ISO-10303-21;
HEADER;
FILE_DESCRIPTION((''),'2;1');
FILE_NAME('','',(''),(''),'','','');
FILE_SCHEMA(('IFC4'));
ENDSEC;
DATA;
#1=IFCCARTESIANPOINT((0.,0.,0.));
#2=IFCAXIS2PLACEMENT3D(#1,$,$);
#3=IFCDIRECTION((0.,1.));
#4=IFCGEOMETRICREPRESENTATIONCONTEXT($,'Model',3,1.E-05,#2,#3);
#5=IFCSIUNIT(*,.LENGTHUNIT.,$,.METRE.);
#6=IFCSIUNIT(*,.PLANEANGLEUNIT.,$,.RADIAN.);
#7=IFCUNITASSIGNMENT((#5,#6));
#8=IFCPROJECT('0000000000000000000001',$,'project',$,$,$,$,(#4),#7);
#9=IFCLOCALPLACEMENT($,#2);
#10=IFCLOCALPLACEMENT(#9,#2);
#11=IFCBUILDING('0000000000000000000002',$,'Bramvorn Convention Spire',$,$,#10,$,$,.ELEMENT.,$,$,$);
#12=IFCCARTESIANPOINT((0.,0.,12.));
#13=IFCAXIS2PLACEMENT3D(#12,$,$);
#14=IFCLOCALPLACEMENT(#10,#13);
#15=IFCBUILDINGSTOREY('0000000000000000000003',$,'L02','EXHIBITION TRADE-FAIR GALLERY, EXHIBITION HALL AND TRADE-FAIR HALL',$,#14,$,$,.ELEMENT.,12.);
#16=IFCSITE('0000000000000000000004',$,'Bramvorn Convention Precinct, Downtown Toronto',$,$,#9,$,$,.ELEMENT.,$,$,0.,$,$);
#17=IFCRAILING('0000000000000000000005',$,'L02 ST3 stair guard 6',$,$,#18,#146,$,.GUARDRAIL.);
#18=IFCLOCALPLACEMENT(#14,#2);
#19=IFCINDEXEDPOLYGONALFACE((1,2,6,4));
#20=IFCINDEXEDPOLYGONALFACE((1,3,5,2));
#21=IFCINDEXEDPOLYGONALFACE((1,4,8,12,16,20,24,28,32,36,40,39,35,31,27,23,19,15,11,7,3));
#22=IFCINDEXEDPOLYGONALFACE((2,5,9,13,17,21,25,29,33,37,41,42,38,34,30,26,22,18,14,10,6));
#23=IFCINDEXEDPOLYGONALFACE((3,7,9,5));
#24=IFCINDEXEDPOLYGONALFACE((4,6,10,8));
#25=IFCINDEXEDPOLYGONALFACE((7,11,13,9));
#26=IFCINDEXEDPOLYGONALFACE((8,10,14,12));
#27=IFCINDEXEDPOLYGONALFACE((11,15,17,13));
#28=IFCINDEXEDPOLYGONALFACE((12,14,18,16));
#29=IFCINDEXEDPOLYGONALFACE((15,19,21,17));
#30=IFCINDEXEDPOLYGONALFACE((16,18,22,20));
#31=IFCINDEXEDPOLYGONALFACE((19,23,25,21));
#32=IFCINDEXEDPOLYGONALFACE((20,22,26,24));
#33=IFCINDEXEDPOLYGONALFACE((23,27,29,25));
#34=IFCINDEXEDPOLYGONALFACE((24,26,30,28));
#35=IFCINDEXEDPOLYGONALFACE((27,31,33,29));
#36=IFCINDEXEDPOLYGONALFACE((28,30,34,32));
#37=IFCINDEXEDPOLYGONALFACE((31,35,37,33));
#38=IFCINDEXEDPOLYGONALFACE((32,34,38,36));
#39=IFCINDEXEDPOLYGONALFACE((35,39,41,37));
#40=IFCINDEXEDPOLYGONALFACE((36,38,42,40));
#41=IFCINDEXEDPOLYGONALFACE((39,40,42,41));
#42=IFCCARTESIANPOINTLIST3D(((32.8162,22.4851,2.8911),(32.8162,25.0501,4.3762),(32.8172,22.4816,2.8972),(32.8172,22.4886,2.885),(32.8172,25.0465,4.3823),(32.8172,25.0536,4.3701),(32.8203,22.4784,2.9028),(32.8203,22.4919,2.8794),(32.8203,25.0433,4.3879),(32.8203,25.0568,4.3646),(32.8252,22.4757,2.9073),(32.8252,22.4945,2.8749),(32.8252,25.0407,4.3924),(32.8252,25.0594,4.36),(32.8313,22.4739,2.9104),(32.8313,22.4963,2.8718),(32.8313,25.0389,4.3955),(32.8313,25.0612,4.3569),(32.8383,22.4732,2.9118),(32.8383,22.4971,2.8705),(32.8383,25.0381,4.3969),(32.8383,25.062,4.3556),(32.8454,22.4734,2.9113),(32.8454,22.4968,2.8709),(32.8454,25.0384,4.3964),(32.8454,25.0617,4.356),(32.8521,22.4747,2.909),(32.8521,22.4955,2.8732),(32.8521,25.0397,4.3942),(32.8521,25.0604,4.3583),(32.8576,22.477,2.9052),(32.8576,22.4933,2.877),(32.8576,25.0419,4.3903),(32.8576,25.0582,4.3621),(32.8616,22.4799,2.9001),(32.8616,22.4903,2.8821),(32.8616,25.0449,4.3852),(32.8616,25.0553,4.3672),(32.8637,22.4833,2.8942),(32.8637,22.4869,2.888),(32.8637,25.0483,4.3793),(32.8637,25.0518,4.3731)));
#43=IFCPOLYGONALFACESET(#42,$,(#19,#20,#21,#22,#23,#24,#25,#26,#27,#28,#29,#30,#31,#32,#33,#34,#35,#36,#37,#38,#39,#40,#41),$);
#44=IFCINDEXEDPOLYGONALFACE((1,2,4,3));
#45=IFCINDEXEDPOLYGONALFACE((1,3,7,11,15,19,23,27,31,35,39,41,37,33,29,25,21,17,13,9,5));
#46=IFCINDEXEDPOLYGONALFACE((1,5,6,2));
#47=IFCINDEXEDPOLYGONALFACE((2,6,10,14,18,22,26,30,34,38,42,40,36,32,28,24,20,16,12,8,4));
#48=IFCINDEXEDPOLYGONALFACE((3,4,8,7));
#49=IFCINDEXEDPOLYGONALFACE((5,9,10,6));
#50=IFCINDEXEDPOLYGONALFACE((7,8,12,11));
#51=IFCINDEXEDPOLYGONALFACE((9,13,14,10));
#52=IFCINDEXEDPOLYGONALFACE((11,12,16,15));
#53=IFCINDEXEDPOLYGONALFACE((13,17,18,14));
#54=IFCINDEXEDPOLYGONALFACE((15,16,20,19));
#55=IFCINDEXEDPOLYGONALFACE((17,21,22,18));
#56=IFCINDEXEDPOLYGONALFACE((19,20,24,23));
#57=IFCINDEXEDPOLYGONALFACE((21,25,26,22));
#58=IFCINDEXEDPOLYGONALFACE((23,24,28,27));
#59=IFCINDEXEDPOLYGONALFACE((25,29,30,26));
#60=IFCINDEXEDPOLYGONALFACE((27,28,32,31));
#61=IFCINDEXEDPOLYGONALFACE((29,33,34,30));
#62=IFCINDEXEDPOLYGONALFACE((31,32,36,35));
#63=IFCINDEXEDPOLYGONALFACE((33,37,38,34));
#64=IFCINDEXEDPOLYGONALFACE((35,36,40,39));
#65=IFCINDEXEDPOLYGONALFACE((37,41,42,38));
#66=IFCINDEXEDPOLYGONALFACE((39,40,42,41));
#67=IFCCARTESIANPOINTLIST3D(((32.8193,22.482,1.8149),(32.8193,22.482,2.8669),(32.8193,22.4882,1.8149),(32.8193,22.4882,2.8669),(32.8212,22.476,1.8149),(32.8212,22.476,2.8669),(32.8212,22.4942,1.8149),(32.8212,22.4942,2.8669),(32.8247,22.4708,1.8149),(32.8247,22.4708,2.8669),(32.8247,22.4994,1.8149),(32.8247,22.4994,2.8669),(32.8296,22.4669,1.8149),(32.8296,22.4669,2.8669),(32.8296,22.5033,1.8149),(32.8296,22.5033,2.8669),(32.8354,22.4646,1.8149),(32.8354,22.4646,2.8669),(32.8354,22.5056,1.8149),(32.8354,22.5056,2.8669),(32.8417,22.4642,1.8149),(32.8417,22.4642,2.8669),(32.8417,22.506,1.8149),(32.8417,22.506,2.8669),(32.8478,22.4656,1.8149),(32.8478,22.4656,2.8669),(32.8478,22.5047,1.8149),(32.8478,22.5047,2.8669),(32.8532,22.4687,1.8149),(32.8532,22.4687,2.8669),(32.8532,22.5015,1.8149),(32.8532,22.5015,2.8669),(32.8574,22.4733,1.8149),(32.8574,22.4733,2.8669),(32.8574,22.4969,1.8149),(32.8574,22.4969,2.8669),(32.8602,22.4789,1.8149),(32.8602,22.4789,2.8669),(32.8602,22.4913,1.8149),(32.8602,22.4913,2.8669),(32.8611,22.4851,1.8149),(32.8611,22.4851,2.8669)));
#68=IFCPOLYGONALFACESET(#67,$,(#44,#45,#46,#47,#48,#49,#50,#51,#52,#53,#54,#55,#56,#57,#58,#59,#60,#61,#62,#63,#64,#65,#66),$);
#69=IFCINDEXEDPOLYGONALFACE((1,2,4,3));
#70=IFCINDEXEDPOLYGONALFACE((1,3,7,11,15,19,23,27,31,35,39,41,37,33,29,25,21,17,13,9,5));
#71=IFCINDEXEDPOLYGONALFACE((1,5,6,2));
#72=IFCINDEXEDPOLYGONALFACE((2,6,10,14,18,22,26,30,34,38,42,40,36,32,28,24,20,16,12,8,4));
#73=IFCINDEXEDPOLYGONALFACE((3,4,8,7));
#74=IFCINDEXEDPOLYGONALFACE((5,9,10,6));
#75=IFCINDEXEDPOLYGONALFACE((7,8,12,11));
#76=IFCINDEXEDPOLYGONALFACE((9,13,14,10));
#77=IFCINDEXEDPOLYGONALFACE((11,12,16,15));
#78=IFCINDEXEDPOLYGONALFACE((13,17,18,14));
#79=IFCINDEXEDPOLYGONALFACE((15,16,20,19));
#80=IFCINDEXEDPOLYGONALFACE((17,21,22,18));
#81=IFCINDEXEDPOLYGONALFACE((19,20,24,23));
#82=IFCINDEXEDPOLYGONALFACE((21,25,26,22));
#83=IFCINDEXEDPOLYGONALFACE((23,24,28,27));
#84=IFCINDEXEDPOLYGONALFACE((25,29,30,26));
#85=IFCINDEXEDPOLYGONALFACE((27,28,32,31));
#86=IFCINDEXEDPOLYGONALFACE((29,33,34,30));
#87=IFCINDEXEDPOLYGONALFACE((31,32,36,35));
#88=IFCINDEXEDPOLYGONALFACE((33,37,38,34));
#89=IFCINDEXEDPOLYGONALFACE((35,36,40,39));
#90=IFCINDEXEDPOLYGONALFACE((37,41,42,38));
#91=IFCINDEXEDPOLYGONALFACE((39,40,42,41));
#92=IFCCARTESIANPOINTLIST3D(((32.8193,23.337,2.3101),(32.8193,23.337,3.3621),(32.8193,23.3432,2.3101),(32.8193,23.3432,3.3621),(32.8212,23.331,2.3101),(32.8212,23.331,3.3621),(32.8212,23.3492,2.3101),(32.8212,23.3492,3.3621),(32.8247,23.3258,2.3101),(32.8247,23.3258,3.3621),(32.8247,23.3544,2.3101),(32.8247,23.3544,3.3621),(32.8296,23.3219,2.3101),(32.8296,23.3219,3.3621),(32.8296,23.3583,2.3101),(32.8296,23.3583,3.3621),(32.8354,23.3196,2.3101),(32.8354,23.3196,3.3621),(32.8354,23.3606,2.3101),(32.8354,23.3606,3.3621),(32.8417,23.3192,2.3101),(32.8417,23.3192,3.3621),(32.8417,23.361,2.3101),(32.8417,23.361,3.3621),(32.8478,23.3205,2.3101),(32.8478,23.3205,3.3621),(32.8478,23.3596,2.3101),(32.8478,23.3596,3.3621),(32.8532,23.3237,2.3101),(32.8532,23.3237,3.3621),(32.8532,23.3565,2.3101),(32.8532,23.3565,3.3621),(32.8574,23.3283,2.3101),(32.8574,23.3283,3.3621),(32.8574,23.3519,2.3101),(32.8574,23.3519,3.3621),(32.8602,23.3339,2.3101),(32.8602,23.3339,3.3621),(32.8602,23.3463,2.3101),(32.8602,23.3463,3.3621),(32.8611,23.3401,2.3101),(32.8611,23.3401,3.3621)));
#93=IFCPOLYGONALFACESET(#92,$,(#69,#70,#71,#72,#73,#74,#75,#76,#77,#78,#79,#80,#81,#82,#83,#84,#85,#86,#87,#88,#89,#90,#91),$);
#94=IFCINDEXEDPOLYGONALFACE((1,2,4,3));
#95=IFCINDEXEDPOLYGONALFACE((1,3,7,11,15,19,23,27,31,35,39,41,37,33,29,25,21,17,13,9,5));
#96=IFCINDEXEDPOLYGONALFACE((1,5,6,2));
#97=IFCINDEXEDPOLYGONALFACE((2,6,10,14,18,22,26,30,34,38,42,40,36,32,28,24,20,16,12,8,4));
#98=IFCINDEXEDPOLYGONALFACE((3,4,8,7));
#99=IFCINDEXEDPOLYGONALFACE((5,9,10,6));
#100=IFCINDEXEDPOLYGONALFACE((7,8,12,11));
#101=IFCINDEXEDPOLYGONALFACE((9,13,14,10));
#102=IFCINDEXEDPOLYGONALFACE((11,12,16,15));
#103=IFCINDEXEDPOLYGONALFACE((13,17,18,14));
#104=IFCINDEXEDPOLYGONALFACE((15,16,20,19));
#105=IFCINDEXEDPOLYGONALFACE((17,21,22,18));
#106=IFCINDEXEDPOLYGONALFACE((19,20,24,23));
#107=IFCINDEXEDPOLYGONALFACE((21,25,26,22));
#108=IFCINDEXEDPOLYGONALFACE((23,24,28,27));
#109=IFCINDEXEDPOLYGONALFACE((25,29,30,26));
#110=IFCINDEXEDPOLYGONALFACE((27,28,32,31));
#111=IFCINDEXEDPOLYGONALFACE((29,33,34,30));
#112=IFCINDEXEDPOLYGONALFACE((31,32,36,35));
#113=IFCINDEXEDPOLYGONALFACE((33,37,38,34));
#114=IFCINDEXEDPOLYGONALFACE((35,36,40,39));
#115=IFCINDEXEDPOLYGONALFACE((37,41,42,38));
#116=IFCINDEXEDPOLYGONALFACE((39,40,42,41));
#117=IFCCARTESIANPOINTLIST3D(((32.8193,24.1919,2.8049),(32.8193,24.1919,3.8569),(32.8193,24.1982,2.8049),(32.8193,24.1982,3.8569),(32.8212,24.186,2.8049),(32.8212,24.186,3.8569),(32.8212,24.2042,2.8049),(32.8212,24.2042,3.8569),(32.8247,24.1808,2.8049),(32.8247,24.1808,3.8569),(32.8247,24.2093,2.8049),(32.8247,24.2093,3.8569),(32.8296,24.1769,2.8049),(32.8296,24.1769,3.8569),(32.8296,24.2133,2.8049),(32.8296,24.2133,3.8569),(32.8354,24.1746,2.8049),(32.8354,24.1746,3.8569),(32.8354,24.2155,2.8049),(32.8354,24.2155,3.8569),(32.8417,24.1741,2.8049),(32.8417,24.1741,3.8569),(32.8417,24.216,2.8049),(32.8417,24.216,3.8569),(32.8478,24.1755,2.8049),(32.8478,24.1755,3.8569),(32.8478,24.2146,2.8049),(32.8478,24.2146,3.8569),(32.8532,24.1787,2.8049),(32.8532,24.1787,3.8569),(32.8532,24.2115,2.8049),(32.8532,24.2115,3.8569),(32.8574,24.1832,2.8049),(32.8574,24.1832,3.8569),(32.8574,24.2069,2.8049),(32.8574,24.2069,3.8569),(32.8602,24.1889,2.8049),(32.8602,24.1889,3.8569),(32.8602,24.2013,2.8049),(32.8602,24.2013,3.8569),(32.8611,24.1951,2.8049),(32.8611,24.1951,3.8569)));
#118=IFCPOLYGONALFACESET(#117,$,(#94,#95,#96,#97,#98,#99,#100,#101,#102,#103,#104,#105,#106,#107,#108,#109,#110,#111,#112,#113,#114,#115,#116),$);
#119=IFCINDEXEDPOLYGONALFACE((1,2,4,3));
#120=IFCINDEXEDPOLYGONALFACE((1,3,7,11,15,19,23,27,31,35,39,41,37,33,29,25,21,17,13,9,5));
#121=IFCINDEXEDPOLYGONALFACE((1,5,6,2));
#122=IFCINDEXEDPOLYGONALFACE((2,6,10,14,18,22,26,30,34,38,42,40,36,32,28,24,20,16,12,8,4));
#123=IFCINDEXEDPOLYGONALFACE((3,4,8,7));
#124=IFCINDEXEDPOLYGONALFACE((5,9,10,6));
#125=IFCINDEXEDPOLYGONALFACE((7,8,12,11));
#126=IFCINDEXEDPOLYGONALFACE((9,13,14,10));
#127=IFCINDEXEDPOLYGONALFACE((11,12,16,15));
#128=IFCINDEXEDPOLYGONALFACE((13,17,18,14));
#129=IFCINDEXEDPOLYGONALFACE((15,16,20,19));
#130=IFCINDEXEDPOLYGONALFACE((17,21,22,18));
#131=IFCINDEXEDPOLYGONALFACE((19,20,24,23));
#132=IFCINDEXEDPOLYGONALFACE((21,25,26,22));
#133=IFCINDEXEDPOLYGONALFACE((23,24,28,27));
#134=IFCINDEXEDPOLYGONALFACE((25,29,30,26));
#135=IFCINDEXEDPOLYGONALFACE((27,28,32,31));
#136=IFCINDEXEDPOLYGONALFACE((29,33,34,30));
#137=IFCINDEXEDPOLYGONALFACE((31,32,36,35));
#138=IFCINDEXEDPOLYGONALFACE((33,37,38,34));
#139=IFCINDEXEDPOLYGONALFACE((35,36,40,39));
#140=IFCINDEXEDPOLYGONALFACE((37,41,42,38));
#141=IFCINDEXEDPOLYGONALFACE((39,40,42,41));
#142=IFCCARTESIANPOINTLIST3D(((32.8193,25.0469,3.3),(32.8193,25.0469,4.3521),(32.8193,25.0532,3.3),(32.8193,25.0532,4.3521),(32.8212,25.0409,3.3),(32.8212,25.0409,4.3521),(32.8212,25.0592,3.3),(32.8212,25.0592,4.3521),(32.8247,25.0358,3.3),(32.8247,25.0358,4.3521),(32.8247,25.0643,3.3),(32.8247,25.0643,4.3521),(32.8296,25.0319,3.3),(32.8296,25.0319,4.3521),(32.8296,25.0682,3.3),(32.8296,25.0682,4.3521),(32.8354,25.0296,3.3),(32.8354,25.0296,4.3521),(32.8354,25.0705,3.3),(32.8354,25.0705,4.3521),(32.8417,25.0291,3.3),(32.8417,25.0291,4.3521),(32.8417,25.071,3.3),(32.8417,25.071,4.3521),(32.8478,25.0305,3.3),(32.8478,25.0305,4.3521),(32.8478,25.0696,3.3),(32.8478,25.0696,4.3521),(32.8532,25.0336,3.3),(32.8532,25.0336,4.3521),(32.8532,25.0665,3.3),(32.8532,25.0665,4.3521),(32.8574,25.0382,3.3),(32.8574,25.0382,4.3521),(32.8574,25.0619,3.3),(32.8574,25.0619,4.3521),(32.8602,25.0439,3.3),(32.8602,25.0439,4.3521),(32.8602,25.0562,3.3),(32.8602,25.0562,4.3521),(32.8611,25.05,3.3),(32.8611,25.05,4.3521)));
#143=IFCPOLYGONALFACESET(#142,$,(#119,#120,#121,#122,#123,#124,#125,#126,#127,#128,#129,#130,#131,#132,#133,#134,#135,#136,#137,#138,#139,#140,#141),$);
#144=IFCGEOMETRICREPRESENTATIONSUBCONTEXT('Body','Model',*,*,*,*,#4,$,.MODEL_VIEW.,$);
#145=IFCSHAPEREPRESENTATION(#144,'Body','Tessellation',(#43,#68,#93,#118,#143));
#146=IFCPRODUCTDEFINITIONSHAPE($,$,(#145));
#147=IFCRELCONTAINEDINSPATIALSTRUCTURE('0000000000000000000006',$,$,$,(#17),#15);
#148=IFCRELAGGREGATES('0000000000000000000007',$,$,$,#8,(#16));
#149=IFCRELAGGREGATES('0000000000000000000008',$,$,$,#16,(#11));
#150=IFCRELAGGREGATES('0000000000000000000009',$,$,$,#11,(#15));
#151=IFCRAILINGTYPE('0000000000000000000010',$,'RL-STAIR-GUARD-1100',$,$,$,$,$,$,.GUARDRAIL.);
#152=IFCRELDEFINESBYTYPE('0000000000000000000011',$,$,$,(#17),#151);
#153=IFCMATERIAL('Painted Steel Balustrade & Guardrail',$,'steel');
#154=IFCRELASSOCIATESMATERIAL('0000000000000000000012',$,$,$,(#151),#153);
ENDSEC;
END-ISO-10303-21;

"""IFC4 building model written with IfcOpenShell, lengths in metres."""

from ifc_helpers import new_model, si_unit, direction, frame, origin, origin_2d, place, context, subcontext, project, spatial, circle, extrude, material, type_object, element, save


model = new_model("IFC4")

# Units and contexts
model_context = context("Model", 3, precision=1e-05, world=origin(), true_north=direction((0.0, 1.0)))
body_context = subcontext(model_context, "Body", "Model", "MODEL_VIEW")
ifc_project = project(units=[si_unit("LENGTHUNIT", "METRE"), si_unit("PLANEANGLEUNIT", "RADIAN")], contexts=[model_context])

# Site, building, storey
site_placement = place(None, origin())
site = spatial("IfcSite", under=ifc_project, at=site_placement, Name="Bramvorn Convention Precinct, Downtown Toronto", CompositionType="ELEMENT", RefElevation=0.0)
building_placement = place(site_placement, origin())
building = spatial("IfcBuilding", under=site, at=building_placement, Name="Bramvorn Convention Spire", CompositionType="ELEMENT")
storey_placement = place(building_placement, frame((0.0, 0.0, 12.0)))
storey = spatial("IfcBuildingStorey", under=building, at=storey_placement, Name="L02", Description="EXHIBITION TRADE-FAIR GALLERY, EXHIBITION HALL AND TRADE-FAIR HALL", CompositionType="ELEMENT", Elevation=12.0)

# Railing
ifc_material_1 = material(Name="Painted Steel Balustrade & Guardrail", Category="steel")
railing_type_1 = type_object("IfcRailingType", Name="RL-STAIR-GUARD-1100", PredefinedType="GUARDRAIL", material=ifc_material_1)
railing_1_placement = place(storey_placement, frame((32.8401, 22.4851, 1.8149)))
element("IfcRailing", 1, at=railing_1_placement, inside=storey, type_object=railing_type_1, Name="L02 ST3 stair guard 6", PredefinedType="GUARDRAIL", context=body_context, shape_type="SweptSolid", body=[
    extrude(circle(Radius=0.0239, at=origin_2d()), frame((0.0, 0.0, 1.0762), z_axis=(0.0, 0.865406, 0.501072), x_axis=(-1.0, 0.0, 0.0)), (0.0, 0.0, 1.0), 2.9639),
    extrude(circle(Radius=0.021, at=origin_2d()), origin(), (0.0, 0.0, 1.0), 1.052),
    extrude(circle(Radius=0.021, at=origin_2d()), frame((0.0, 0.855, 0.4951)), (0.0, 0.0, 1.0), 1.052),
    extrude(circle(Radius=0.021, at=origin_2d()), frame((0.0, 1.71, 0.99)), (0.0, 0.0, 1.0), 1.052),
    extrude(circle(Radius=0.021, at=origin_2d()), frame((0.0, 2.5649, 1.4851)), (0.0, 0.0, 1.0), 1.052),
])

save(model, "model.ifc")
